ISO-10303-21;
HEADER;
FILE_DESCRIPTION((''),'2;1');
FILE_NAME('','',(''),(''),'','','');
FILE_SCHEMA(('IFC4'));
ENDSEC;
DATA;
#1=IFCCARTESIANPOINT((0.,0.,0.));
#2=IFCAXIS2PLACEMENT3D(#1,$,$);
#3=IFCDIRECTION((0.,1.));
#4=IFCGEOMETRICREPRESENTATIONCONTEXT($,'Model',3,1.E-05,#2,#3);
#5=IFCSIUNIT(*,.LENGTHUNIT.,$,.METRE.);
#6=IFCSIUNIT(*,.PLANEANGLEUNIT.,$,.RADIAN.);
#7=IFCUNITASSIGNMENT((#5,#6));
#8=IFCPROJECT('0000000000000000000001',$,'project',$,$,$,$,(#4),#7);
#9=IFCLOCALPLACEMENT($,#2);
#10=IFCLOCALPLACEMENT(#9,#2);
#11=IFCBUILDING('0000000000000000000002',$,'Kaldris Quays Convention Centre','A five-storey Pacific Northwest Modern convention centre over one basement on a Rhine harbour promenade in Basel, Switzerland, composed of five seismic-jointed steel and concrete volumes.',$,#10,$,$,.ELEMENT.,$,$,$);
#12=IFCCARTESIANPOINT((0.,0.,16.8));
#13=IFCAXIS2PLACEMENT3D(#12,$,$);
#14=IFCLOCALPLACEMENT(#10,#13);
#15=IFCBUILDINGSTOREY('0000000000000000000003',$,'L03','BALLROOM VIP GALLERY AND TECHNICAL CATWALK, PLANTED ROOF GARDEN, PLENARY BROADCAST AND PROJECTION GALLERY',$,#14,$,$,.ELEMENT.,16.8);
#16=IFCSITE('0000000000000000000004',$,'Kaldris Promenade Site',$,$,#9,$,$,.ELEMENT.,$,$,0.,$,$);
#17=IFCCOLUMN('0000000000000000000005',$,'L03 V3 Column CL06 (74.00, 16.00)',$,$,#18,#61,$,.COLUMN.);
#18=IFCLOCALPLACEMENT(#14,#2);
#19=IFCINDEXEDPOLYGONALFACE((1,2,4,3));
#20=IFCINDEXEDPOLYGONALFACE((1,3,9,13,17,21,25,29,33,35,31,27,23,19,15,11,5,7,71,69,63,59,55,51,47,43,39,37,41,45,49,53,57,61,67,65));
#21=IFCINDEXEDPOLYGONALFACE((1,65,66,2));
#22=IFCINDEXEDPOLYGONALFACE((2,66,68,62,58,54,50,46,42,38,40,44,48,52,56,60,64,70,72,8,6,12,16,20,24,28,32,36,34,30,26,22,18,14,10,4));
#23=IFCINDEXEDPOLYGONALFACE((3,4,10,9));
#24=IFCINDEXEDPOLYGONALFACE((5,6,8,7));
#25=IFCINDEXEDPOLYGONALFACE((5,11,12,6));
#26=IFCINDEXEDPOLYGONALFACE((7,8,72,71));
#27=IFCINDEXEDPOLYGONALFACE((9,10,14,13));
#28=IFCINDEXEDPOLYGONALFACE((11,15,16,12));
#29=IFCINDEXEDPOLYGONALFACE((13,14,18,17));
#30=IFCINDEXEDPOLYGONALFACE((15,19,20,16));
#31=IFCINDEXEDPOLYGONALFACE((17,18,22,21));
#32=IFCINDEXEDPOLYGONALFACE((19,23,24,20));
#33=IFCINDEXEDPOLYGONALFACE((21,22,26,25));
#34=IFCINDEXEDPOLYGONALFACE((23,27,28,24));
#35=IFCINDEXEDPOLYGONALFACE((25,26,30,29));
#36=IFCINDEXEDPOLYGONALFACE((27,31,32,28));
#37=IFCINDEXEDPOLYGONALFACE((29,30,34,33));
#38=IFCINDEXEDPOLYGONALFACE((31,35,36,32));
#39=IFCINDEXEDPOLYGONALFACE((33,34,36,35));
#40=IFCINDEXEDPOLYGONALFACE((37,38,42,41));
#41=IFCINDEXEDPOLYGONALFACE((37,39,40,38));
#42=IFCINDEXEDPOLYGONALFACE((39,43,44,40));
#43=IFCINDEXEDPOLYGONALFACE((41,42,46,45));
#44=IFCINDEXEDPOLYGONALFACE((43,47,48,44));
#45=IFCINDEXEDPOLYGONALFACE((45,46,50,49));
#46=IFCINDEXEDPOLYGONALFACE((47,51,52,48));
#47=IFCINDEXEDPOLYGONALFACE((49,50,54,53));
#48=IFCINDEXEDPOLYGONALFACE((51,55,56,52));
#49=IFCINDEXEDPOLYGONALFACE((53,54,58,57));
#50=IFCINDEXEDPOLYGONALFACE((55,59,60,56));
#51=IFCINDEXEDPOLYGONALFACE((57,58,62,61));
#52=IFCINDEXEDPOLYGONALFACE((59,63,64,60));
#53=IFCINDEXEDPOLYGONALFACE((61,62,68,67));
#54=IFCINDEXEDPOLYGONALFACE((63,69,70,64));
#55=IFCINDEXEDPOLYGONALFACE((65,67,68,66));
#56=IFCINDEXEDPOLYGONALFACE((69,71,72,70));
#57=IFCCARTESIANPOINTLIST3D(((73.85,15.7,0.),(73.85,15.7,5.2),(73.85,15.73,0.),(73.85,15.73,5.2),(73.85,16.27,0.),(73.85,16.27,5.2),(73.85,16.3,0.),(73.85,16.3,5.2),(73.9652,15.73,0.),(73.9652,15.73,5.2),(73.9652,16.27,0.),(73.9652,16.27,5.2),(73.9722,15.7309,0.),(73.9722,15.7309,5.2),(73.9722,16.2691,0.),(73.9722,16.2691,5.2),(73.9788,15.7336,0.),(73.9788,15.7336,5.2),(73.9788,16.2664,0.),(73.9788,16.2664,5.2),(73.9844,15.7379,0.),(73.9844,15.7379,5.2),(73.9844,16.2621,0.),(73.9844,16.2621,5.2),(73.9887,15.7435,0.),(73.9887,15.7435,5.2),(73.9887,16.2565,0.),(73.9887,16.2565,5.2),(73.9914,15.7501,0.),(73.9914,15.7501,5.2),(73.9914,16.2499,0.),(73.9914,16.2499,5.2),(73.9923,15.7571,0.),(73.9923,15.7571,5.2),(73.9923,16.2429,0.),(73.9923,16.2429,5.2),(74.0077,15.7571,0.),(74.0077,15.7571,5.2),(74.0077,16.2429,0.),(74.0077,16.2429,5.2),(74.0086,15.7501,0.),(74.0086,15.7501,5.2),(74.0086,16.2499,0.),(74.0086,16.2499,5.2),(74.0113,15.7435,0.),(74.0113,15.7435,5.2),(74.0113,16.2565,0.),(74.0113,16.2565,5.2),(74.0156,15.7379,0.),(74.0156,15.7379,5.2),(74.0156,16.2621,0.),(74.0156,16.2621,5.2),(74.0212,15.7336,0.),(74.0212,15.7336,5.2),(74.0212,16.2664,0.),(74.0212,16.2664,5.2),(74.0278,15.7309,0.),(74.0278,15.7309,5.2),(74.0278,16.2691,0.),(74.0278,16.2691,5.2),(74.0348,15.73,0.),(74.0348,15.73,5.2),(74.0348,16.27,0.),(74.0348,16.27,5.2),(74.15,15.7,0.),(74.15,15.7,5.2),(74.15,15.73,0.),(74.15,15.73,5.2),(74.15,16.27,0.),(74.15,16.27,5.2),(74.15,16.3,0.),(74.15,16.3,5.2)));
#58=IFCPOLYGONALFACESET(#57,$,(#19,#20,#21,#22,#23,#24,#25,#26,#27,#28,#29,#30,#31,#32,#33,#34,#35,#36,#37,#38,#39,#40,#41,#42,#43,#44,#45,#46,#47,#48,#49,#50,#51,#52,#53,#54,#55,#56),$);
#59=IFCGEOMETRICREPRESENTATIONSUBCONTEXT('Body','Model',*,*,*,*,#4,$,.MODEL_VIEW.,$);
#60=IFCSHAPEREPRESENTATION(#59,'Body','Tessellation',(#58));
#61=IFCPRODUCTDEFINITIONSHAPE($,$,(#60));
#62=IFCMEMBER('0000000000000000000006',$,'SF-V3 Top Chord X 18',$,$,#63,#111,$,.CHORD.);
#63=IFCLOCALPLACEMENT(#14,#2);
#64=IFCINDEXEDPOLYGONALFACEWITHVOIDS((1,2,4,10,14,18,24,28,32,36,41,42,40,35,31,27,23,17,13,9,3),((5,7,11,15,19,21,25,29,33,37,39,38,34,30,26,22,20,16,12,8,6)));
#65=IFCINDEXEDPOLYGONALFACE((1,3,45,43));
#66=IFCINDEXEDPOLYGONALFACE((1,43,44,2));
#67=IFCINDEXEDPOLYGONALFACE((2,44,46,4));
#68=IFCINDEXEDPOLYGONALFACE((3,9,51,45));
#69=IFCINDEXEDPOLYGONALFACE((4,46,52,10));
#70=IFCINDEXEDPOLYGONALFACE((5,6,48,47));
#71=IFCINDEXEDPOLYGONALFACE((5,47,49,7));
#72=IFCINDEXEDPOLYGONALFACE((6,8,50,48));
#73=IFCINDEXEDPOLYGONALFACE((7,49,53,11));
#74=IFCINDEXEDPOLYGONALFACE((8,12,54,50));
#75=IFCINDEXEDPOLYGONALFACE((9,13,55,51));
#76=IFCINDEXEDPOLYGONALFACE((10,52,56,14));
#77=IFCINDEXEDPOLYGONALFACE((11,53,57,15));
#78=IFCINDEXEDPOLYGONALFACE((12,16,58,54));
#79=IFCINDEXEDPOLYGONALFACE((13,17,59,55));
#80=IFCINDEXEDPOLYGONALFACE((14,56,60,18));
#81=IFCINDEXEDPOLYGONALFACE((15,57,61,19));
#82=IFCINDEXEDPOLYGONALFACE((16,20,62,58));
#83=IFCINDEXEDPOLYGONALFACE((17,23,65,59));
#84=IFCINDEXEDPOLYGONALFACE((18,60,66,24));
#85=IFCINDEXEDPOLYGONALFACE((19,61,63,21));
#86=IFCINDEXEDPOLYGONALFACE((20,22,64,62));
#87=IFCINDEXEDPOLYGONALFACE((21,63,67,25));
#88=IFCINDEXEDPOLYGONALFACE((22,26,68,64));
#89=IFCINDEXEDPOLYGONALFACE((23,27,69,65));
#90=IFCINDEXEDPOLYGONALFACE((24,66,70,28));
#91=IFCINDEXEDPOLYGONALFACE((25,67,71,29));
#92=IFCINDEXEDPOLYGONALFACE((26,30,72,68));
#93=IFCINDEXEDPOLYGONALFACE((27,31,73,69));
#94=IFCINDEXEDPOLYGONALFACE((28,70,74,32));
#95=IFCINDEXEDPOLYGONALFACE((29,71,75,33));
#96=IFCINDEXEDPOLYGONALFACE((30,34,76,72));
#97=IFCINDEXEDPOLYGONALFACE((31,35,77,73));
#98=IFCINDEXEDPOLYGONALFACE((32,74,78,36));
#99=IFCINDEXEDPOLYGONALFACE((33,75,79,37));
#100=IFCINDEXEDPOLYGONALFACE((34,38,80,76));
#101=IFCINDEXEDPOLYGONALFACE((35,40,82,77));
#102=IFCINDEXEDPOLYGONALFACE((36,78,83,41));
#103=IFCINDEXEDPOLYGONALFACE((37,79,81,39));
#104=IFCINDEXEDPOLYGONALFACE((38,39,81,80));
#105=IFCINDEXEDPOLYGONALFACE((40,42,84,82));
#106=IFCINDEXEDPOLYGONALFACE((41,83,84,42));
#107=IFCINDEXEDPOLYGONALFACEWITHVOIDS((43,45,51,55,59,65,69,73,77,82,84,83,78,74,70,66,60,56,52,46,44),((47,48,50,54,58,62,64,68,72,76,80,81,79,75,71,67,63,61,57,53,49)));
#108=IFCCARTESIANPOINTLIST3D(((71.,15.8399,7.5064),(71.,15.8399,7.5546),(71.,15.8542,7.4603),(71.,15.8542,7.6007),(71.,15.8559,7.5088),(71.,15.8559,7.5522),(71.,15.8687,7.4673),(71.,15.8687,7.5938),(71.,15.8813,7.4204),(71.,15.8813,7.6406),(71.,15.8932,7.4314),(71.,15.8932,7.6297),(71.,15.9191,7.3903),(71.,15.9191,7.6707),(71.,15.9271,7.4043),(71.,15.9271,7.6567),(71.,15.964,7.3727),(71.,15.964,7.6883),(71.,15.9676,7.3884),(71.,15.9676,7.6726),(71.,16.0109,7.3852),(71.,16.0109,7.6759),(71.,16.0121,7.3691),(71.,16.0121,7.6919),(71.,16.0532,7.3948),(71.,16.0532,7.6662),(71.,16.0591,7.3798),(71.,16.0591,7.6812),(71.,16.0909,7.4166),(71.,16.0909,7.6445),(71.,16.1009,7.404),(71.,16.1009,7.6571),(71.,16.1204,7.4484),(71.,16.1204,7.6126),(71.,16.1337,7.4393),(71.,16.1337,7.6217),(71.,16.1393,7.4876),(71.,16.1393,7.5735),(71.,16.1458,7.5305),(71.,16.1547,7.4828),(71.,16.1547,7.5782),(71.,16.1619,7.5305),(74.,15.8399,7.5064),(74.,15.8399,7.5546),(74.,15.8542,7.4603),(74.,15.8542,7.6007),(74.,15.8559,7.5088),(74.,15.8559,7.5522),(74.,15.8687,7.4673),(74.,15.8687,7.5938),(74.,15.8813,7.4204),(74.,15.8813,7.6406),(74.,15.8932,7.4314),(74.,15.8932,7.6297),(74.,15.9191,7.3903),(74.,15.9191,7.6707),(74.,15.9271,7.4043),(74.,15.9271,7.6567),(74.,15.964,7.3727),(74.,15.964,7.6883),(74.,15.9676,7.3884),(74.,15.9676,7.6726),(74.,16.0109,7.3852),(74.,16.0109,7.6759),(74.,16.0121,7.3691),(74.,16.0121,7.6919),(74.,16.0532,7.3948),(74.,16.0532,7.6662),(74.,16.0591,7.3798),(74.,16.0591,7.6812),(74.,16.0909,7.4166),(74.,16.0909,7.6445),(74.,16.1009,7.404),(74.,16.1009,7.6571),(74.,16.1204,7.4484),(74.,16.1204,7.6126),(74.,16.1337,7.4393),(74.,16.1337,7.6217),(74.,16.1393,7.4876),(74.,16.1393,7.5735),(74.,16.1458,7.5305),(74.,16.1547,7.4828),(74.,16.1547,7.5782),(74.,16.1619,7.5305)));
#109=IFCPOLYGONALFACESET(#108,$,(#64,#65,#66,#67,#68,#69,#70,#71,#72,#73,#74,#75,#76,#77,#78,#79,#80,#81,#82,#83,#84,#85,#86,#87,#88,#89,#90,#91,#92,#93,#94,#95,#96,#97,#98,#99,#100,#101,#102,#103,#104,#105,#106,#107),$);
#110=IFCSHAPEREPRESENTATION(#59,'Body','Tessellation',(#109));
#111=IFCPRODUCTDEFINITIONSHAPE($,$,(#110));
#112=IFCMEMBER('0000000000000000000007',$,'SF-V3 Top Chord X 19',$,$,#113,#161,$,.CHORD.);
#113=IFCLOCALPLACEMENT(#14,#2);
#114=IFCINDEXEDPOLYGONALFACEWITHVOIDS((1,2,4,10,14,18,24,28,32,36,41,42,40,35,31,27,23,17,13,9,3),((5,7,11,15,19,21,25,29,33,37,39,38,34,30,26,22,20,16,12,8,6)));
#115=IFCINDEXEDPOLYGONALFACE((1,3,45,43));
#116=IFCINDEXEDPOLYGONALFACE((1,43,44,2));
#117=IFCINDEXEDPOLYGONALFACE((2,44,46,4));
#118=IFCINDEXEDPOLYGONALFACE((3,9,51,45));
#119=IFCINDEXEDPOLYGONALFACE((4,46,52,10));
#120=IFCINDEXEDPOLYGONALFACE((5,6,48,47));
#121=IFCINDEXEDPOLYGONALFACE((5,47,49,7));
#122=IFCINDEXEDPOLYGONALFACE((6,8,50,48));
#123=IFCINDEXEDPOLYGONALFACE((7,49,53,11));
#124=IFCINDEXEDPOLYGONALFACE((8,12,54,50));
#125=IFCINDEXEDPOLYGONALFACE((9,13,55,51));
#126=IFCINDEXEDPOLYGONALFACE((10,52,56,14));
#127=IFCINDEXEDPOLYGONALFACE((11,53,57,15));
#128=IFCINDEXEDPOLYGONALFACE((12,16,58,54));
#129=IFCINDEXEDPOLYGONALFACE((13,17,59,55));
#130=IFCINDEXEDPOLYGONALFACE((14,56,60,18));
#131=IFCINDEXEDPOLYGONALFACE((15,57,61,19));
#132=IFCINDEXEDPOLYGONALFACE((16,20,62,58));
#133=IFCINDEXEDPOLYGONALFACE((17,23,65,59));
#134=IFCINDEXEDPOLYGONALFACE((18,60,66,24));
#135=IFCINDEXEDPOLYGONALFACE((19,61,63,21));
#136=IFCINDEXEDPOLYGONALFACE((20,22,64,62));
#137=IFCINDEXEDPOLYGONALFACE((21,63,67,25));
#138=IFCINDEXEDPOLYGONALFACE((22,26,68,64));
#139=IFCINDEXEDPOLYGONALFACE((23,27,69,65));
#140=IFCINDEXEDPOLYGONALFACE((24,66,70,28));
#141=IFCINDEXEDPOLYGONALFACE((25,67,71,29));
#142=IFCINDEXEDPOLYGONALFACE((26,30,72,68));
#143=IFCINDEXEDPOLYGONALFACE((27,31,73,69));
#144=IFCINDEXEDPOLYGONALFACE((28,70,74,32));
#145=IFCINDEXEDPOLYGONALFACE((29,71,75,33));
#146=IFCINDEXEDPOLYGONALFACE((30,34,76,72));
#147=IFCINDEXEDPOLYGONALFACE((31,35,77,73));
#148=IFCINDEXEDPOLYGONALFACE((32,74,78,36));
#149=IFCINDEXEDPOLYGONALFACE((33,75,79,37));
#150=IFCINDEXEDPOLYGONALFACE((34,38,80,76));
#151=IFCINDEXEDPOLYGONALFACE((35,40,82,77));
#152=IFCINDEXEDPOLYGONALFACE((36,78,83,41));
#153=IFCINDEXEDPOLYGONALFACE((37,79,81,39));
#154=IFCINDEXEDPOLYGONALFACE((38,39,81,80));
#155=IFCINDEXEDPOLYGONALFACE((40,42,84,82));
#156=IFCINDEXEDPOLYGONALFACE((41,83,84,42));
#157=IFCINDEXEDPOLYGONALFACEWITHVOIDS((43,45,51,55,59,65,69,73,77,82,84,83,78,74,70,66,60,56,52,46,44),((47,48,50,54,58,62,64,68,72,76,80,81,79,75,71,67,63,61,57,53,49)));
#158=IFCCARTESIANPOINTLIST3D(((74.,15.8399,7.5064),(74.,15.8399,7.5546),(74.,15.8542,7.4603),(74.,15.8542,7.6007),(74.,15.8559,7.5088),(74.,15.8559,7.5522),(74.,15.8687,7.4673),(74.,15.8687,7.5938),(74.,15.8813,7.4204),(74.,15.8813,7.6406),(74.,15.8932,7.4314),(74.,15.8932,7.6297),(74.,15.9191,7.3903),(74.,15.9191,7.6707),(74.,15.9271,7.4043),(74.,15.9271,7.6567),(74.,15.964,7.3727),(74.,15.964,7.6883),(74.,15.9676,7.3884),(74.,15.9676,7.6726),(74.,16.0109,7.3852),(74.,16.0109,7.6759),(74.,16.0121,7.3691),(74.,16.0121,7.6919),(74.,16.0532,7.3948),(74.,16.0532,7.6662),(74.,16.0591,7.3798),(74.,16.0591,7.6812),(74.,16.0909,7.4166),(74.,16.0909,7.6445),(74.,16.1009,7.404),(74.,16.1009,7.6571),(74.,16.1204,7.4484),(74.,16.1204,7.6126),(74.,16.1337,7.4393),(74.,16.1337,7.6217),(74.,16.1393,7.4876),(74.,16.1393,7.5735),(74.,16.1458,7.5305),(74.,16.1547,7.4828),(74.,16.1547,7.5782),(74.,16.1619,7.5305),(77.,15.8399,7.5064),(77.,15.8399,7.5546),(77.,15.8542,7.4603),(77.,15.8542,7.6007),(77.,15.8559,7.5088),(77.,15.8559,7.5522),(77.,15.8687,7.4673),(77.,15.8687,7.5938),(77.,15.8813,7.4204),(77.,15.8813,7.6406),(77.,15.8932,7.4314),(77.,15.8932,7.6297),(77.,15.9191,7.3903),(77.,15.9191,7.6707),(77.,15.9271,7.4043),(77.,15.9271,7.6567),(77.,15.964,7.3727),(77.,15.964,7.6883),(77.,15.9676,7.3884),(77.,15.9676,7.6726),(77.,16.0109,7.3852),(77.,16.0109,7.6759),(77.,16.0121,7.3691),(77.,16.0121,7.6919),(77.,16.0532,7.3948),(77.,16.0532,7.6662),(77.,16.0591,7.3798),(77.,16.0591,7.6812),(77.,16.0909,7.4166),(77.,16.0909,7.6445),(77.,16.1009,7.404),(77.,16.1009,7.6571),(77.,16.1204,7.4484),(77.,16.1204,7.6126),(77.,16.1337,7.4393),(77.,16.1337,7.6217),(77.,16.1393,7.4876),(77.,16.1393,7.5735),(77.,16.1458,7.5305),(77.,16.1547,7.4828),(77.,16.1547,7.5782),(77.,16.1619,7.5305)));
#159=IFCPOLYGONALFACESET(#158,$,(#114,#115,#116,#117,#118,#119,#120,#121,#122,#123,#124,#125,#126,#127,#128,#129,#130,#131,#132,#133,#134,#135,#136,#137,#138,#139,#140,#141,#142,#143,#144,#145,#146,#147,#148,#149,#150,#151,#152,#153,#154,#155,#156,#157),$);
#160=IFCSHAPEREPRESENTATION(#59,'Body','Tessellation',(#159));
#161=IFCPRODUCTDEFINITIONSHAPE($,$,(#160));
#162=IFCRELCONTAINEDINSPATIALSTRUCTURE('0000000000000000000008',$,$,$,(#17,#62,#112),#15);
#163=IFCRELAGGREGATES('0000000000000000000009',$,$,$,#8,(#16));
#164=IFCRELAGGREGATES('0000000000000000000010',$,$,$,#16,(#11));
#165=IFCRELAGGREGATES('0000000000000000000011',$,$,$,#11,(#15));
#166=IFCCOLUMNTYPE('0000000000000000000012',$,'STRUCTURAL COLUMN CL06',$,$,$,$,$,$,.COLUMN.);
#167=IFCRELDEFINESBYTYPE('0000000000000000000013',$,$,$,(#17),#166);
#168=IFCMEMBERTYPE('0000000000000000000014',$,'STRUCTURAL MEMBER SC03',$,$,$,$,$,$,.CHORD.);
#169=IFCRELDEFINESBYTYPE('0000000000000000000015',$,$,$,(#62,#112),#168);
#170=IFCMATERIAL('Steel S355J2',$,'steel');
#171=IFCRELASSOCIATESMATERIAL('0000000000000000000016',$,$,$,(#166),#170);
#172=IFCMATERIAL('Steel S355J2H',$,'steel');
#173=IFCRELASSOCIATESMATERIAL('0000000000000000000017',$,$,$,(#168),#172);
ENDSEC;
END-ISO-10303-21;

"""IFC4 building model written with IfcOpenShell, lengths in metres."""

from ifc_helpers import new_model, si_unit, direction, frame, origin, origin_2d, place, context, subcontext, project, spatial, hollow_circle, i_section, extrude, material, material_profile, profile_set, type_object, element, save


model = new_model("IFC4")

# Units and contexts
model_context = context("Model", 3, precision=1e-05, world=origin(), true_north=direction((0.0, 1.0)))
body_context = subcontext(model_context, "Body", "Model", "MODEL_VIEW")
ifc_project = project(units=[si_unit("LENGTHUNIT", "METRE"), si_unit("PLANEANGLEUNIT", "RADIAN")], contexts=[model_context])

# Site, building, storey
site_placement = place(None, origin())
site = spatial("IfcSite", under=ifc_project, at=site_placement, Name="Kaldris Promenade Site", CompositionType="ELEMENT", RefElevation=0.0)
building_placement = place(site_placement, origin())
building = spatial("IfcBuilding", under=site, at=building_placement, Name="Kaldris Quays Convention Centre", Description="A five-storey Pacific Northwest Modern convention centre over one basement on a Rhine harbour promenade in Basel, Switzerland, composed of five seismic-jointed steel and concrete volumes.", CompositionType="ELEMENT")
storey_placement = place(building_placement, frame((0.0, 0.0, 16.8)))
storey = spatial("IfcBuildingStorey", under=building, at=storey_placement, Name="L03", Description="BALLROOM VIP GALLERY AND TECHNICAL CATWALK, PLANTED ROOF GARDEN, PLENARY BROADCAST AND PROJECTION GALLERY", CompositionType="ELEMENT", Elevation=16.8)

# Column
ifc_material_1 = material(Name="Steel S355J2", Category="steel")
ifc_material_profile_1 = material_profile(ifc_material_1, i_section(OverallWidth=0.3, OverallDepth=0.6001, WebThickness=0.0154, FlangeThickness=0.03, FilletRadius=0.0271, at=origin_2d()), Name="HEB 600")
ifc_profile_set_1 = profile_set([ifc_material_profile_1], Name="Steel S355J2")
column_type = type_object("IfcColumnType", Name="STRUCTURAL COLUMN CL06", PredefinedType="COLUMN", material=ifc_profile_set_1)
column_placement = place(storey_placement, frame((74.0, 16.0, 0.0), z_axis=(0.0, 0.0, 1.0), x_axis=(1.0, 0.0, 0.0)))
element("IfcColumn", 1, at=column_placement, inside=storey, type_object=column_type, Name="L03 V3 Column CL06 (74.00, 16.00)", PredefinedType="COLUMN", context=body_context, shape_type="SweptSolid", body=[
    extrude(i_section(OverallWidth=0.3, OverallDepth=0.6001, WebThickness=0.0154, FlangeThickness=0.03, FilletRadius=0.0271, at=origin_2d()), origin(), (0.0, 0.0, 1.0), 5.2),
])

# Members
ifc_material_2 = material(Name="Steel S355J2H", Category="steel")
ifc_material_profile_2 = material_profile(ifc_material_2, hollow_circle(Radius=0.1619, WallThickness=0.0161, at=origin_2d()), Name="CHS 323.9x16")
ifc_profile_set_2 = profile_set([ifc_material_profile_2], Name="Steel S355J2H")
member_type_1 = type_object("IfcMemberType", Name="STRUCTURAL MEMBER SC03", PredefinedType="CHORD", material=ifc_profile_set_2)
for number, where, z_axis, x_axis, name in (
    (2, (71.0, 16.0, 7.5305), (1.0, 0.0, 0.0), (0.0, 1.0, 0.0), "SF-V3 Top Chord X 18"),
    (3, (74.0, 16.0, 7.5305), (1.0, 0.0, 0.0), (0.0, 1.0, 0.0), "SF-V3 Top Chord X 19"),
):
    element("IfcMember", number, at=place(storey_placement, frame(where, z_axis=z_axis, x_axis=x_axis)), inside=storey, type_object=member_type_1, Name=name, PredefinedType="CHORD", context=body_context, shape_type="SweptSolid", body=[
        extrude(hollow_circle(Radius=0.1619, WallThickness=0.0161, at=origin_2d()), origin(), (0.0, 0.0, 1.0), 3.0),
    ])

save(model, "model.ifc")
